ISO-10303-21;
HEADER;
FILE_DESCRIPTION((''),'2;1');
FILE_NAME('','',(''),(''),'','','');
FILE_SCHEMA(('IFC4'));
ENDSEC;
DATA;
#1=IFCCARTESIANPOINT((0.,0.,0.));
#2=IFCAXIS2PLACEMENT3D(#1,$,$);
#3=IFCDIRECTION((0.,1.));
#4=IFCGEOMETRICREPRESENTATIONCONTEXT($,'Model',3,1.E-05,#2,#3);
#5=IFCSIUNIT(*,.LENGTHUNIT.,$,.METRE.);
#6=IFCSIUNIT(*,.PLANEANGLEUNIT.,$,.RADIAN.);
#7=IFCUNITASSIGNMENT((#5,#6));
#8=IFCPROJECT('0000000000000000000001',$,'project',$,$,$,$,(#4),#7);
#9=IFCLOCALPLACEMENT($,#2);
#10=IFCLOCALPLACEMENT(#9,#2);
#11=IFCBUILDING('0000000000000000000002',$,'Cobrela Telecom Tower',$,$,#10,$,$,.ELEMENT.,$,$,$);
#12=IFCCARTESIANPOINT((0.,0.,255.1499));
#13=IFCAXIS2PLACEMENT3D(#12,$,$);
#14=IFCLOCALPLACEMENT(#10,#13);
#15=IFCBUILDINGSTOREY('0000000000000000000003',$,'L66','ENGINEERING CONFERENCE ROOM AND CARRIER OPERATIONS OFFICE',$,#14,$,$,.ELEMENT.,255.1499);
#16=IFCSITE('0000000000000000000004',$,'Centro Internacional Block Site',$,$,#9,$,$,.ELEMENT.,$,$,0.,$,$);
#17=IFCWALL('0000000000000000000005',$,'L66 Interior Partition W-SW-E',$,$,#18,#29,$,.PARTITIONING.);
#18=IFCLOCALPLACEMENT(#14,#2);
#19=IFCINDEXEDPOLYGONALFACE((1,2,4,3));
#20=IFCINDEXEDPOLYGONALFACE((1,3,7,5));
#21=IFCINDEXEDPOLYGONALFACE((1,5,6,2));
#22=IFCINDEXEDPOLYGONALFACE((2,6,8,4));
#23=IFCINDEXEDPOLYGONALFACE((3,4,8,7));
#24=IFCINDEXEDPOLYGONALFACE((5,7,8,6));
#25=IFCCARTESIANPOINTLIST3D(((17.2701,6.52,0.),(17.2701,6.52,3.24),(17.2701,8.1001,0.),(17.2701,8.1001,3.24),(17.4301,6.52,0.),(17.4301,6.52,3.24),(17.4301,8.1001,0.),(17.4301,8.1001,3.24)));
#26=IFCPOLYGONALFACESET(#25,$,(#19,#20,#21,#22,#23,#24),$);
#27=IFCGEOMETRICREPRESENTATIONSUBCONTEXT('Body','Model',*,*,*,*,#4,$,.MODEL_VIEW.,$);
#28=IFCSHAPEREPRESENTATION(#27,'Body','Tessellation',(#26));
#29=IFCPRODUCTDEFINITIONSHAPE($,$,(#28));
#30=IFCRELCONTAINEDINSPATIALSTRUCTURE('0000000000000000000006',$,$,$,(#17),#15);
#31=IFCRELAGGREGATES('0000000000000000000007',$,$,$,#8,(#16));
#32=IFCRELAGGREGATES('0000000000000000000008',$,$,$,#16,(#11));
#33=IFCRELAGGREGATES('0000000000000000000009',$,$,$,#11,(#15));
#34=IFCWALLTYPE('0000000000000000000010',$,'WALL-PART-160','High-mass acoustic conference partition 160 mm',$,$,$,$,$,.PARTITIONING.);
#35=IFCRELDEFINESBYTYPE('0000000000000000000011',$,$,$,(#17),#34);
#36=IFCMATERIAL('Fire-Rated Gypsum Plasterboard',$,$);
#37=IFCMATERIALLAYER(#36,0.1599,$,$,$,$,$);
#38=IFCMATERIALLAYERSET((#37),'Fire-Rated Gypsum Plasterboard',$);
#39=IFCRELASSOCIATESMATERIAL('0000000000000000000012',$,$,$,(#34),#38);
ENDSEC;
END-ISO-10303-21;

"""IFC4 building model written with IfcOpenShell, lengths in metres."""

from ifc_helpers import new_model, si_unit, direction, frame, frame_2d, origin, place, context, subcontext, project, spatial, rectangle, extrude, material, layer, layer_set, type_object, element, save


model = new_model("IFC4")

# Units and contexts
model_context = context("Model", 3, precision=1e-05, world=origin(), true_north=direction((0.0, 1.0)))
body_context = subcontext(model_context, "Body", "Model", "MODEL_VIEW")
ifc_project = project(units=[si_unit("LENGTHUNIT", "METRE"), si_unit("PLANEANGLEUNIT", "RADIAN")], contexts=[model_context])

# Site, building, storey
site_placement = place(None, origin())
site = spatial("IfcSite", under=ifc_project, at=site_placement, Name="Centro Internacional Block Site", CompositionType="ELEMENT", RefElevation=0.0)
building_placement = place(site_placement, origin())
building = spatial("IfcBuilding", under=site, at=building_placement, Name="Cobrela Telecom Tower", CompositionType="ELEMENT")
storey_placement = place(building_placement, frame((0.0, 0.0, 255.1499)))
storey = spatial("IfcBuildingStorey", under=building, at=storey_placement, Name="L66", Description="ENGINEERING CONFERENCE ROOM AND CARRIER OPERATIONS OFFICE", CompositionType="ELEMENT", Elevation=255.1499)

# Shared definitions
ifc_material_1 = material(Name="Fire-Rated Gypsum Plasterboard")

# Wall
ifc_layer_1 = layer(ifc_material_1, 0.1599)
ifc_layer_set_1 = layer_set([ifc_layer_1], Name="Fire-Rated Gypsum Plasterboard")
wall_type_1 = type_object("IfcWallType", Name="WALL-PART-160", Description="High-mass acoustic conference partition 160 mm", PredefinedType="PARTITIONING", material=ifc_layer_set_1)
wall_1_placement = place(storey_placement, frame((17.3501, 6.52, 0.0), z_axis=(0.0, 0.0, 1.0), x_axis=(0.0, 1.0, 0.0)))
element("IfcWall", 1, at=wall_1_placement, inside=storey, type_object=wall_type_1, Name="L66 Interior Partition W-SW-E", PredefinedType="PARTITIONING", context=body_context, shape_type="SweptSolid", body=[
    extrude(rectangle(XDim=1.5801, YDim=0.1599, at=frame_2d((0.79, 0.0))), origin(), (0.0, 0.0, 1.0), 3.24),
])

save(model, "model.ifc")
